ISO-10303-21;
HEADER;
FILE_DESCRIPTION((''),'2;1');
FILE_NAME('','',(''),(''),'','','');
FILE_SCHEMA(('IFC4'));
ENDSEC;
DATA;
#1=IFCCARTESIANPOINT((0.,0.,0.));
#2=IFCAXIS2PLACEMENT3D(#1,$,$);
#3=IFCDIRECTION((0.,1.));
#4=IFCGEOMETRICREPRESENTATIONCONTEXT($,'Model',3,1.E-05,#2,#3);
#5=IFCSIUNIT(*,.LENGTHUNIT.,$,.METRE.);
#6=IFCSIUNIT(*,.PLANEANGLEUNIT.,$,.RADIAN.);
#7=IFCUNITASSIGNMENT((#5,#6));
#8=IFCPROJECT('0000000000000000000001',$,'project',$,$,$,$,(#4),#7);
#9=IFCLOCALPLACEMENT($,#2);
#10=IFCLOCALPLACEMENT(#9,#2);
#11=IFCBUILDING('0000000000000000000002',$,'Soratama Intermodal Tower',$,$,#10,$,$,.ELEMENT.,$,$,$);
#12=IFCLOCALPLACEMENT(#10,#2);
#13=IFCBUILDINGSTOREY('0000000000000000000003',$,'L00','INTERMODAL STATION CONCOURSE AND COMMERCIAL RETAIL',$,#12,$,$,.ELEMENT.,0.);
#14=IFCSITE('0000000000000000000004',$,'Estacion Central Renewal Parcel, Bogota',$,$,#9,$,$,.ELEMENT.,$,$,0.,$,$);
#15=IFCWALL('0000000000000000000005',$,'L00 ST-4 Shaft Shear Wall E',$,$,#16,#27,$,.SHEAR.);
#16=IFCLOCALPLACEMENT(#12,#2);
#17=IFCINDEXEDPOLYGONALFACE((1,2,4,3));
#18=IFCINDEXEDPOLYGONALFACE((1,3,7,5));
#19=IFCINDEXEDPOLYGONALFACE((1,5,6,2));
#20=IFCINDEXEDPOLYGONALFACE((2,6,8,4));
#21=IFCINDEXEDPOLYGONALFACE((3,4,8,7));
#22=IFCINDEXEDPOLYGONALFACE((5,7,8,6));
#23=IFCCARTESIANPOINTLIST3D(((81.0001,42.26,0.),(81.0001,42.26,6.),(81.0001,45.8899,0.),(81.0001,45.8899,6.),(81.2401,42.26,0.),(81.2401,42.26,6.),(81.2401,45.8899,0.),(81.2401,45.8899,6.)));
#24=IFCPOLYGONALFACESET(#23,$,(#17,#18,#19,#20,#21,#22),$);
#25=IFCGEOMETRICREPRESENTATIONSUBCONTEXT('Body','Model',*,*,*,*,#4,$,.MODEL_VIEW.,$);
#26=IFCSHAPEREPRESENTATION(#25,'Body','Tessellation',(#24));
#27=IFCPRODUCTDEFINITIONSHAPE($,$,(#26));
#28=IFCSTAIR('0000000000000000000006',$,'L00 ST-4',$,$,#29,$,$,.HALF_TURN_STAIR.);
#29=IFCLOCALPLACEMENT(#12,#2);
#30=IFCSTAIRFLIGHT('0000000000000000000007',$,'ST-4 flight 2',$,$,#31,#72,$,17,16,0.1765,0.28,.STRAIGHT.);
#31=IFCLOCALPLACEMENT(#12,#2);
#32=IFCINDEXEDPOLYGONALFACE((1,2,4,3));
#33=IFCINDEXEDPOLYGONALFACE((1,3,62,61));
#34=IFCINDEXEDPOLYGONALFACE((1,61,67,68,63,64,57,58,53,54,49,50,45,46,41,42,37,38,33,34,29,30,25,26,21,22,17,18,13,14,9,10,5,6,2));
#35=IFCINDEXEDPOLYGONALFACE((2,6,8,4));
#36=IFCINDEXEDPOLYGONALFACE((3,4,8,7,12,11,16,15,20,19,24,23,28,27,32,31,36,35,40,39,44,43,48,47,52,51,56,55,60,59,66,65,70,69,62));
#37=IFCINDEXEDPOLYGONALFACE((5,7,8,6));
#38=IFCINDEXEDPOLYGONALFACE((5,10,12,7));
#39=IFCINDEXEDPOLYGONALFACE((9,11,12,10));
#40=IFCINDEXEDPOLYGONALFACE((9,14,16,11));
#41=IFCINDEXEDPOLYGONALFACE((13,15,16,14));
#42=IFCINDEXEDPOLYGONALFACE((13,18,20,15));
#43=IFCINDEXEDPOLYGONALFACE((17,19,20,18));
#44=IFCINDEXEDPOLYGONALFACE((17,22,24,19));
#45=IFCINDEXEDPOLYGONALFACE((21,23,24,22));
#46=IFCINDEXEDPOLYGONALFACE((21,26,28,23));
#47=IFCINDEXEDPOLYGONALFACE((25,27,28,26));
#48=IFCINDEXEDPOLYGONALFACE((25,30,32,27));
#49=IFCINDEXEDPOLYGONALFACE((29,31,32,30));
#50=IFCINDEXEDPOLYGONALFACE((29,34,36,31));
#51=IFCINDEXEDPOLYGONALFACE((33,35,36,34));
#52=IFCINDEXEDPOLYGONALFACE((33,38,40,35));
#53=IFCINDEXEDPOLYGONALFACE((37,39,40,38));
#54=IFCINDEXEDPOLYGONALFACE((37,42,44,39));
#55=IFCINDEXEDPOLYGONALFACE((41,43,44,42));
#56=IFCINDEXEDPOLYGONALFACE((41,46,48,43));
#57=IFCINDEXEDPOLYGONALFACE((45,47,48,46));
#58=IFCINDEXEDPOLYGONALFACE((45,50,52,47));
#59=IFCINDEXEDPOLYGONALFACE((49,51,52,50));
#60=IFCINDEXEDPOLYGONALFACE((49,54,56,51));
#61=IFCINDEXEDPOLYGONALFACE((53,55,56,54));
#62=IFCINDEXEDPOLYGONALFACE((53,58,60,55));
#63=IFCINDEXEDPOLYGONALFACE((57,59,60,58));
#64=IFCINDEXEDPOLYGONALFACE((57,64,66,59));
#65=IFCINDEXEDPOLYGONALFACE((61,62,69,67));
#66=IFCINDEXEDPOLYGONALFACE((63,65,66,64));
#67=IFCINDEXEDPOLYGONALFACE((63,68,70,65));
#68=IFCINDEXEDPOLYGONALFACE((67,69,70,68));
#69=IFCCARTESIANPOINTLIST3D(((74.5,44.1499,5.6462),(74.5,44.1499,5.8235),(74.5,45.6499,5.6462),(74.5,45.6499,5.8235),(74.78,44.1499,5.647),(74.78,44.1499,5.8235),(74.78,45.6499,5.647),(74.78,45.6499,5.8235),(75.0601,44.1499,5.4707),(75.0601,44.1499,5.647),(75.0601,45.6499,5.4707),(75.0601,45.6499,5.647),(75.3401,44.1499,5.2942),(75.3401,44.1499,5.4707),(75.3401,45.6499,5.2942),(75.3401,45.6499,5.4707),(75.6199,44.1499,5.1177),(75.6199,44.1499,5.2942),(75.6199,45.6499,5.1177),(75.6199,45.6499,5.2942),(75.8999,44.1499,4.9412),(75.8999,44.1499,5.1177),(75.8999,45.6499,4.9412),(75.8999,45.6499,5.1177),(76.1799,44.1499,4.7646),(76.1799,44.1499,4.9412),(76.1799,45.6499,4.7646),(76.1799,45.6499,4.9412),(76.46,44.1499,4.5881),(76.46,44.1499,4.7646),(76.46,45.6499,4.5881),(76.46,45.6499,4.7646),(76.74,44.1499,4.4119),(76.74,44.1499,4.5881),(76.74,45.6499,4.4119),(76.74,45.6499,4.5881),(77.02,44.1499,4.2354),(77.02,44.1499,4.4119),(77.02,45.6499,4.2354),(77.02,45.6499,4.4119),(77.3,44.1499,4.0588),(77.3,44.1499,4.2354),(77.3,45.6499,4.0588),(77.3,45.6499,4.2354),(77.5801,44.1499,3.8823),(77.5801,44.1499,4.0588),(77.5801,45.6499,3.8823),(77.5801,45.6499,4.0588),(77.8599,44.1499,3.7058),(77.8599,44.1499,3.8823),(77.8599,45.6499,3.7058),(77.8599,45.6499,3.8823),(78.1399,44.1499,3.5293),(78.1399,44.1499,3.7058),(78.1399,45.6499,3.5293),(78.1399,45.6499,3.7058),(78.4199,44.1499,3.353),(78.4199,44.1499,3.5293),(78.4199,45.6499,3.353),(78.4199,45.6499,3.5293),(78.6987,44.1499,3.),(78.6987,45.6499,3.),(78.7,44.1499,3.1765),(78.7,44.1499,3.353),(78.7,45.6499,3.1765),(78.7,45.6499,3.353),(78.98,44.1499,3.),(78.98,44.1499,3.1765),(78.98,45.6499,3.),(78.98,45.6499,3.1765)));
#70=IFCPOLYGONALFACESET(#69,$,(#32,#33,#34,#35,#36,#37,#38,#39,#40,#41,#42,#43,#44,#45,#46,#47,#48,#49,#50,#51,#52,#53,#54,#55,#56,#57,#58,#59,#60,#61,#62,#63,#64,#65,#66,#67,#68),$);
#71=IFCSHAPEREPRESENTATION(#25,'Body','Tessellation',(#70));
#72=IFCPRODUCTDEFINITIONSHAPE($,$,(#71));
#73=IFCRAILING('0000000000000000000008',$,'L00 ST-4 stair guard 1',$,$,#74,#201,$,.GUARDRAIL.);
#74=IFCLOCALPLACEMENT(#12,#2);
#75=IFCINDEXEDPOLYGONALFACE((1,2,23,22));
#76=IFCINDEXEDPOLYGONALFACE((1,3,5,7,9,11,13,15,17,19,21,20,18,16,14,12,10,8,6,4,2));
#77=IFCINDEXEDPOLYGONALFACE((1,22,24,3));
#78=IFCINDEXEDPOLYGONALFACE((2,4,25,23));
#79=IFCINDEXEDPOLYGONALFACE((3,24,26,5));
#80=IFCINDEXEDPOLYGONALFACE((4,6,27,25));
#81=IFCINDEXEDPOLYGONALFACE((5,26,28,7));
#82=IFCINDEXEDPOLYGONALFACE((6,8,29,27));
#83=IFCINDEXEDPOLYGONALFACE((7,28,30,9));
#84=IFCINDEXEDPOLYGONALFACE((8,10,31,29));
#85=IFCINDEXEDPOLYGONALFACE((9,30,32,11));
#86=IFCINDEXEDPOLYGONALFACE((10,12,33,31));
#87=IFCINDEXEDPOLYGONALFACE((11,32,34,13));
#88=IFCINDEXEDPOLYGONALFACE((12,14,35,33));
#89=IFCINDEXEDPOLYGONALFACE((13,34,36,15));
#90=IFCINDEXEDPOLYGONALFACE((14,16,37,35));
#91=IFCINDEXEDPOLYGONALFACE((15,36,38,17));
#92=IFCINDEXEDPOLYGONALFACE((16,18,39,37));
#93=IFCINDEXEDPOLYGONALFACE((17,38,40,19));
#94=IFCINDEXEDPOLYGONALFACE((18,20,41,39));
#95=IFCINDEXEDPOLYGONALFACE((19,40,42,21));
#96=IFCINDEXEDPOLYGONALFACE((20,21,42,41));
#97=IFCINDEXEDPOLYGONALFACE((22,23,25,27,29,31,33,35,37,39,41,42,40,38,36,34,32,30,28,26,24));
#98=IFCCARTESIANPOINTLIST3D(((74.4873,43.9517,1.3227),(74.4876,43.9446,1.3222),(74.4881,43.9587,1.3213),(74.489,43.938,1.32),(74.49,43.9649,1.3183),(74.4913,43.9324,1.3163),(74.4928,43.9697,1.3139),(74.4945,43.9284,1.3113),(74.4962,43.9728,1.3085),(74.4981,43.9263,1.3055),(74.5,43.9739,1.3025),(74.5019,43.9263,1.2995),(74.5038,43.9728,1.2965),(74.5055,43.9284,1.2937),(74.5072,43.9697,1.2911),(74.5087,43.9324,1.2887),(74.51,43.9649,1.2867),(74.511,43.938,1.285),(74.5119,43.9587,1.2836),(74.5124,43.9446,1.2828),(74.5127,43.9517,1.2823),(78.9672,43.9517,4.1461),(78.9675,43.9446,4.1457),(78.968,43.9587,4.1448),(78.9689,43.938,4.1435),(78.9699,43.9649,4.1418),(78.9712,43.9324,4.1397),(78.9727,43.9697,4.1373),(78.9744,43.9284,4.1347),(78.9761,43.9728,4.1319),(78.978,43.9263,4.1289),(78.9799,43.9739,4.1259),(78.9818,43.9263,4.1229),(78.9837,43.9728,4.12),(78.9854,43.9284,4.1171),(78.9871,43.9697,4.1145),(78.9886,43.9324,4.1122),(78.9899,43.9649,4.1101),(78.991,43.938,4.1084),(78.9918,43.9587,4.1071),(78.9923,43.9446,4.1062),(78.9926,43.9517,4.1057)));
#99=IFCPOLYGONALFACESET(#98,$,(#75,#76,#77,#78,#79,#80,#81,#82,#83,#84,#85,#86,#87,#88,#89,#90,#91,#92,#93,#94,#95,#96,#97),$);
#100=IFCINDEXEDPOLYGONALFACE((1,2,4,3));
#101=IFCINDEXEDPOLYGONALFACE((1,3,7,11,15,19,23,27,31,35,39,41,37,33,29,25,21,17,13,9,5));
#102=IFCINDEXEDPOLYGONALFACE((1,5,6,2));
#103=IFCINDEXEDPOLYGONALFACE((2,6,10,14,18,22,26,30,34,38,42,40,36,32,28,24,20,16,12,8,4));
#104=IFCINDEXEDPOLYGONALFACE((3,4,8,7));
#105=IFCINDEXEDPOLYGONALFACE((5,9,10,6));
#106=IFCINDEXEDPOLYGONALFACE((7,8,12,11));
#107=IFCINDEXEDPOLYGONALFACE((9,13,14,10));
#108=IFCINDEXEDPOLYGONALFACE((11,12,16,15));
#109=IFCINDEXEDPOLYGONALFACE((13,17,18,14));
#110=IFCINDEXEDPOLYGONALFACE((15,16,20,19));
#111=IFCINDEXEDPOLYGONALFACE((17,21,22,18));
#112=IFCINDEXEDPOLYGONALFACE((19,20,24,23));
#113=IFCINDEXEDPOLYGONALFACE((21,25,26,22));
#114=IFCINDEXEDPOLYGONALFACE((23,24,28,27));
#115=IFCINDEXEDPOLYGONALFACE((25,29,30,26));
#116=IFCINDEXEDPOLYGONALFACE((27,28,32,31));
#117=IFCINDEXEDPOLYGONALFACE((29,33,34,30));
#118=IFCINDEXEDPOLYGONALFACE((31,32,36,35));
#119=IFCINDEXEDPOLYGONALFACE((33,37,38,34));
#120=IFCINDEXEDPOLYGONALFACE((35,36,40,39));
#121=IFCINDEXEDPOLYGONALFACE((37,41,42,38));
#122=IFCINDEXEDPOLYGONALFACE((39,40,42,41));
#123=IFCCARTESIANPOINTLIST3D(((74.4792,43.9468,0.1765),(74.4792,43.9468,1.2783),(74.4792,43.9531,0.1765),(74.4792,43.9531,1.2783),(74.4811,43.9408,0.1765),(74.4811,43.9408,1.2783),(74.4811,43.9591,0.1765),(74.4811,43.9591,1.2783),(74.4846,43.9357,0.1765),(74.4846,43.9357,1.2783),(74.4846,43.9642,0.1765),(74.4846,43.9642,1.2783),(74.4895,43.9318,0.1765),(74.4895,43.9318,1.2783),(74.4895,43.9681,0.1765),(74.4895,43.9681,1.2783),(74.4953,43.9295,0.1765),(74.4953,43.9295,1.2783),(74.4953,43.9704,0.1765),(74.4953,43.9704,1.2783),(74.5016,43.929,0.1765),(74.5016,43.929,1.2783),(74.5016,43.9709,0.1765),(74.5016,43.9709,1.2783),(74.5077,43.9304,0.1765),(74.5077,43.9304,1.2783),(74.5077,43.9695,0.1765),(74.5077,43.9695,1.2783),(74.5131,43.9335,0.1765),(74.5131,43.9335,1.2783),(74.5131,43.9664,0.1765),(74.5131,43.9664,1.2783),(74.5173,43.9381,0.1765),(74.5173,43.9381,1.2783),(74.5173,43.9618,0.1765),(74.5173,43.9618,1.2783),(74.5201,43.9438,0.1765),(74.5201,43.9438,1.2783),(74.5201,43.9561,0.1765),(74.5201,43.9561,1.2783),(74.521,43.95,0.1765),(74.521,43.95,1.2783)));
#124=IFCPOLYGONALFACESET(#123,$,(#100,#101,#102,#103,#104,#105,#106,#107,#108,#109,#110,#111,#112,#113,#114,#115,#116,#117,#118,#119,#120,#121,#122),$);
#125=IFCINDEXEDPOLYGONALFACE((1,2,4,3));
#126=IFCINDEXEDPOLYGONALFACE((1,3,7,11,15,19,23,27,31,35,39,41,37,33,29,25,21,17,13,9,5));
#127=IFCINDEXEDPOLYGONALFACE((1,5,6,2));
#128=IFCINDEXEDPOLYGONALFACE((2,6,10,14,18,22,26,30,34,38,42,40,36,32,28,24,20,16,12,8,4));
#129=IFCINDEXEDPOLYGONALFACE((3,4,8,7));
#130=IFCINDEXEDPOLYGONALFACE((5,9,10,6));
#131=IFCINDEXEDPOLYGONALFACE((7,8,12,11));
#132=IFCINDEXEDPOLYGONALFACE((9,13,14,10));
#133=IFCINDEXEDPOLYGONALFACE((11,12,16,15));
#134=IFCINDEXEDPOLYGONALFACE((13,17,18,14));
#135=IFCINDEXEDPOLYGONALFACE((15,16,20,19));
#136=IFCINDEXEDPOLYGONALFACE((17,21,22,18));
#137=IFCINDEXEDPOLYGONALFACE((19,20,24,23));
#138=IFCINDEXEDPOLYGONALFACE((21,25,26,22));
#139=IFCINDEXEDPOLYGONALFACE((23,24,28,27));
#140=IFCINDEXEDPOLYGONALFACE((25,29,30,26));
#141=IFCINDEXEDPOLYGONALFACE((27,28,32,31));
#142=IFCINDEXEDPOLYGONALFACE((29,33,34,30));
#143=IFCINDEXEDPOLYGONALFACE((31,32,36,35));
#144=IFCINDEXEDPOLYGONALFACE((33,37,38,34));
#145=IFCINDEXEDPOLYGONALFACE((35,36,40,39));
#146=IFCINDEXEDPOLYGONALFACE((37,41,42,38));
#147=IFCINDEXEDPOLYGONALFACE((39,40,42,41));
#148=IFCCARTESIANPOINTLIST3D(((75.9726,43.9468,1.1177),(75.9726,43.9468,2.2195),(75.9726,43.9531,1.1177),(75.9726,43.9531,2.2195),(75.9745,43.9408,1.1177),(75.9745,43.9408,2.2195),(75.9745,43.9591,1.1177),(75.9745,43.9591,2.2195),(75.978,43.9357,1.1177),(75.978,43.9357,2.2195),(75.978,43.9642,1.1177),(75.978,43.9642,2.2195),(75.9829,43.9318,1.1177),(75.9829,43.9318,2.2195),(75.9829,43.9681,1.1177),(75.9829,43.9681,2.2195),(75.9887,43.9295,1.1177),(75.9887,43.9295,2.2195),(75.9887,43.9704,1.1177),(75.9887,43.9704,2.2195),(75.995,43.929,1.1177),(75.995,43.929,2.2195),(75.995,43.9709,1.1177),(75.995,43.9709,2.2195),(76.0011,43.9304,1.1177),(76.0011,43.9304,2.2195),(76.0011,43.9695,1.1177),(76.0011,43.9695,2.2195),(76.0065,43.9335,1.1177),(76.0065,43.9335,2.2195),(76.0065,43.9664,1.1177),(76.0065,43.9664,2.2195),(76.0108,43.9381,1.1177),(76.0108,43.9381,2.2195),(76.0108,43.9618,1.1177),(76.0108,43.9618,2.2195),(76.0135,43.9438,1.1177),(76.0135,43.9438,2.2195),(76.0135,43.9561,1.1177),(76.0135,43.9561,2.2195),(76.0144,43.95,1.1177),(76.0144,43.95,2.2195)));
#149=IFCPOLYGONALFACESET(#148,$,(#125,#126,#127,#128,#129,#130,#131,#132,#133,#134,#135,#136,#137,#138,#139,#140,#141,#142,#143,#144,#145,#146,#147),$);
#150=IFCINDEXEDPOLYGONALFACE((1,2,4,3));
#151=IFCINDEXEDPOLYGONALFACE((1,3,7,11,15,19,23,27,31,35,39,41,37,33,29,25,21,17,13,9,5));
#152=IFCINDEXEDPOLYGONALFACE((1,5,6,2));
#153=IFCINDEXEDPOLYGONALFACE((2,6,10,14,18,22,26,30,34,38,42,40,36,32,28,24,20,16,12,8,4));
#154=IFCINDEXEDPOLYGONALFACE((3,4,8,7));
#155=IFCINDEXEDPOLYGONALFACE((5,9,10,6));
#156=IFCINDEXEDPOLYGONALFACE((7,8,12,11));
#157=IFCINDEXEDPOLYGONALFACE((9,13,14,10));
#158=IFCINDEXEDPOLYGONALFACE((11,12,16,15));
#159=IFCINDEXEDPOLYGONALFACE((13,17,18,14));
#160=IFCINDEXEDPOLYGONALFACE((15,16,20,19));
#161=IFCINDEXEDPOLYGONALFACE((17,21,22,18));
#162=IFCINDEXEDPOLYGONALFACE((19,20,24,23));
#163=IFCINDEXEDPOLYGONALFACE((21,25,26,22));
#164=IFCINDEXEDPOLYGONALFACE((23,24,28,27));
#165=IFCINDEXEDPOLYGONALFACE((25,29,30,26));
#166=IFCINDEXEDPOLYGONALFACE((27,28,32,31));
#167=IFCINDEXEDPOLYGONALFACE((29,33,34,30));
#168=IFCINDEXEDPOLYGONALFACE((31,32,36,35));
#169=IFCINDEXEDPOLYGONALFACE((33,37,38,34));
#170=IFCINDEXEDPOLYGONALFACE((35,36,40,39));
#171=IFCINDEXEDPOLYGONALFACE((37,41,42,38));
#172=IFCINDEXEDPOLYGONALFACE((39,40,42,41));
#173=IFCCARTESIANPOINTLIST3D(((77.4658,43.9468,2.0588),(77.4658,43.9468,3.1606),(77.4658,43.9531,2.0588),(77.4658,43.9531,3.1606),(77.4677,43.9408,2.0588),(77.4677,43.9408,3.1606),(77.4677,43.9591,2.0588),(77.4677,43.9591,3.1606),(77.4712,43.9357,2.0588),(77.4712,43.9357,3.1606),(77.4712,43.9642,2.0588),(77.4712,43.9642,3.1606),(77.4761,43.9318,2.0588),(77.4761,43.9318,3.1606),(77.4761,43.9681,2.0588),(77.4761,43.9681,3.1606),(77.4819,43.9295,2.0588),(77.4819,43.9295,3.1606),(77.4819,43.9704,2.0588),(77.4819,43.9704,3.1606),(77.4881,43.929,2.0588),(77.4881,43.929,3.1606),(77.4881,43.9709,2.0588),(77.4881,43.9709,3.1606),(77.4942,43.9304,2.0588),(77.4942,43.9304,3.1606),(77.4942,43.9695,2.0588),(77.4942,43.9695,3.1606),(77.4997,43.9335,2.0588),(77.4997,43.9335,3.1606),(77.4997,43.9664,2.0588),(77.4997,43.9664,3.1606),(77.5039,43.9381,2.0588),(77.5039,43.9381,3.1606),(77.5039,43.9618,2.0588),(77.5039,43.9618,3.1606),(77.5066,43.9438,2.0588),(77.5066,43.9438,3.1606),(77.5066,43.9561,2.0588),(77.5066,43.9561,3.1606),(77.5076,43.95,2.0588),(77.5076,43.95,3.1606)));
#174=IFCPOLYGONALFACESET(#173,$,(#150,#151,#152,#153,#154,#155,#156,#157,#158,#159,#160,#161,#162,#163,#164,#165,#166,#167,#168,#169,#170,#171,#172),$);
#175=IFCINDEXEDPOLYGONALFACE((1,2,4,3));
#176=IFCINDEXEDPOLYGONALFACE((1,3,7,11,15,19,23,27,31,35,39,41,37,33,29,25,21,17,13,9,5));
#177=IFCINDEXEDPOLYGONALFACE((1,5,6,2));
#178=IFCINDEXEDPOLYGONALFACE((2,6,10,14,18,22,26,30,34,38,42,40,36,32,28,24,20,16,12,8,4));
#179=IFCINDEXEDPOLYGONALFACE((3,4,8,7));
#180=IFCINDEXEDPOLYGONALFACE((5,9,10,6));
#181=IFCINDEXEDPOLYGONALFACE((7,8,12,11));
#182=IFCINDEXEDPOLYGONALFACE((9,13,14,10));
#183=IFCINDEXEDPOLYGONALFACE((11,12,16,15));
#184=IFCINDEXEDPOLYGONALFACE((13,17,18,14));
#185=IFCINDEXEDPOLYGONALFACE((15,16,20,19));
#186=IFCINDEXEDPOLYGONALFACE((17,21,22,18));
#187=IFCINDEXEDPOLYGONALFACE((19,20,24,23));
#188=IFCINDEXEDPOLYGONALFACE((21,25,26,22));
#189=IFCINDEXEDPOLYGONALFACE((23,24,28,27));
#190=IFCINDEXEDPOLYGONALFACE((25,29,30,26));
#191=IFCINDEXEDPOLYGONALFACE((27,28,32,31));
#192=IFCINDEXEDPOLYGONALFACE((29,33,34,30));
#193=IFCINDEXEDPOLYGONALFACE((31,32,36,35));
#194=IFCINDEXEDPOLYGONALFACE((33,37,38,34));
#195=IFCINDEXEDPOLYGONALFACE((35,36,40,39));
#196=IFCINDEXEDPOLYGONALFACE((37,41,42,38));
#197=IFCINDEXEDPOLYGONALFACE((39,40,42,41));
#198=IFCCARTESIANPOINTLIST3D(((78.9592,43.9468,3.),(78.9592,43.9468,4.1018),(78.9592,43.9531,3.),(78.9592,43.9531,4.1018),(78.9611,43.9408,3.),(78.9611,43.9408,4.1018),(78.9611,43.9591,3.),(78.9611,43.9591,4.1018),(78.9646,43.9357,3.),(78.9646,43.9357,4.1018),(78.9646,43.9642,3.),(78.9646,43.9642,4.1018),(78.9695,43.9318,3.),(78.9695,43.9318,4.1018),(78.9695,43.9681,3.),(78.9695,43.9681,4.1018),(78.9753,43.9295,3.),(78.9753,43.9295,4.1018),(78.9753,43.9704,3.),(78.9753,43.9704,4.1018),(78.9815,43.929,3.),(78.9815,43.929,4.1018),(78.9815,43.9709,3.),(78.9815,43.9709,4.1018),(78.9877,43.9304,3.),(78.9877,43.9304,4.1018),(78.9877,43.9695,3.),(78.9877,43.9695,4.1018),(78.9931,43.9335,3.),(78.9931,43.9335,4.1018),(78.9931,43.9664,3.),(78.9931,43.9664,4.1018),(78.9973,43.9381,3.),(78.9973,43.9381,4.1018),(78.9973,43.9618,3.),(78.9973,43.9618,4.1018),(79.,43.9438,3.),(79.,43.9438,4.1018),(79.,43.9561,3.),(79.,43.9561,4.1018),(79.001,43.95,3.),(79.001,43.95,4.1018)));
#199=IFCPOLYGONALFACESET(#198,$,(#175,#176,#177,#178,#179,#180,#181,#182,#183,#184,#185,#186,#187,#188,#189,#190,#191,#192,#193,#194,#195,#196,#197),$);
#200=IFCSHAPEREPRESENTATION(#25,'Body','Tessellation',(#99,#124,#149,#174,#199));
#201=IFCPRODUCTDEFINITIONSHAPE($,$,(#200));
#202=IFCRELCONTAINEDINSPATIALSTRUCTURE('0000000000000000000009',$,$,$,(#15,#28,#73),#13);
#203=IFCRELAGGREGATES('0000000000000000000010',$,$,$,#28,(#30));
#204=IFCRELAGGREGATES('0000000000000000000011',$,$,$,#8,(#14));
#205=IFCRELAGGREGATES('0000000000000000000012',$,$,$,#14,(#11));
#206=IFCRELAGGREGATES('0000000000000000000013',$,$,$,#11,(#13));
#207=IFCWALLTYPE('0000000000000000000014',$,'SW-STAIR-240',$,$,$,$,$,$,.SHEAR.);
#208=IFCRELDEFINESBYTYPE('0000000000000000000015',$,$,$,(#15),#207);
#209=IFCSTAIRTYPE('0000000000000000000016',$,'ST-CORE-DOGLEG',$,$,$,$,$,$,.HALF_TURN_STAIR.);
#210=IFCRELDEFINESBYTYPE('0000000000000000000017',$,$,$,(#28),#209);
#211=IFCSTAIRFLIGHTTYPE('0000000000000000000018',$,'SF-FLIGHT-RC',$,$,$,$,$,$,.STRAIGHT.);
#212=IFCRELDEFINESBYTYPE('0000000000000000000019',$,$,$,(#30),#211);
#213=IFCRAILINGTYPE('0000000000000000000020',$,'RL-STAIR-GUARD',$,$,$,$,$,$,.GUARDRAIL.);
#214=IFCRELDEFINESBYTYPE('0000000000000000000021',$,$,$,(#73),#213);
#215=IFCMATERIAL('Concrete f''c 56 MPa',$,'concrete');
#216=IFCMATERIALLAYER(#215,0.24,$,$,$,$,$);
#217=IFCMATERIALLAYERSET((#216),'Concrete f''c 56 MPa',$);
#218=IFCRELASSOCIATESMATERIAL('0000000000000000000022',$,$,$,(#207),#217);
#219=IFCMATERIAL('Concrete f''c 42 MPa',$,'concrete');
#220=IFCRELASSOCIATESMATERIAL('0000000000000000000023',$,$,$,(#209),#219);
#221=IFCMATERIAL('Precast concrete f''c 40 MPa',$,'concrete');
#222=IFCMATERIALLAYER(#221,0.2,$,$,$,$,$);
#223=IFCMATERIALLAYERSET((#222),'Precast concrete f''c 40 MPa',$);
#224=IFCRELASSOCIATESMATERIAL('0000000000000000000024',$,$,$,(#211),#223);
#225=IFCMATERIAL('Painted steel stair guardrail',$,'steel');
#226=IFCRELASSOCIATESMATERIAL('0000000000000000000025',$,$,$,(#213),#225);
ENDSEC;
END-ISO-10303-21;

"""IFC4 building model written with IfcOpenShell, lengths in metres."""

from ifc_helpers import new_model, si_unit, direction, frame, frame_2d, origin, origin_2d, place, context, subcontext, project, spatial, polyline, rectangle, circle, outline, extrude, material, layer, layer_set, type_object, element, aggregate, save


model = new_model("IFC4")

# Units and contexts
model_context = context("Model", 3, precision=1e-05, world=origin(), true_north=direction((0.0, 1.0)))
body_context = subcontext(model_context, "Body", "Model", "MODEL_VIEW")
ifc_project = project(units=[si_unit("LENGTHUNIT", "METRE"), si_unit("PLANEANGLEUNIT", "RADIAN")], contexts=[model_context])

# Site, building, storey
site_placement = place(None, origin())
site = spatial("IfcSite", under=ifc_project, at=site_placement, Name="Estacion Central Renewal Parcel, Bogota", CompositionType="ELEMENT", RefElevation=0.0)
building_placement = place(site_placement, origin())
building = spatial("IfcBuilding", under=site, at=building_placement, Name="Soratama Intermodal Tower", CompositionType="ELEMENT")
storey_placement = place(building_placement, origin())
storey = spatial("IfcBuildingStorey", under=building, at=storey_placement, Name="L00", Description="INTERMODAL STATION CONCOURSE AND COMMERCIAL RETAIL", CompositionType="ELEMENT", Elevation=0.0)

# Wall
ifc_material_1 = material(Name="Concrete f'c 56 MPa", Category="concrete")
ifc_layer_1 = layer(ifc_material_1, 0.24)
ifc_layer_set_1 = layer_set([ifc_layer_1], Name="Concrete f'c 56 MPa")
wall_type_1 = type_object("IfcWallType", Name="SW-STAIR-240", PredefinedType="SHEAR", material=ifc_layer_set_1)
wall_1_placement = place(storey_placement, frame((81.1201, 42.26, 0.0), z_axis=(0.0, 0.0, 1.0), x_axis=(0.0, 1.0, 0.0)))
element("IfcWall", 1, at=wall_1_placement, inside=storey, type_object=wall_type_1, Name="L00 ST-4 Shaft Shear Wall E", PredefinedType="SHEAR", context=body_context, shape_type="SweptSolid", body=[
    extrude(rectangle(XDim=3.6299, YDim=0.24, at=frame_2d((1.8149, 0.0))), origin(), (0.0, 0.0, 1.0), 6.0),
])

# Stair, stair flight
ifc_material_2 = material(Name="Concrete f'c 42 MPa", Category="concrete")
stair_type = type_object("IfcStairType", Name="ST-CORE-DOGLEG", PredefinedType="HALF_TURN_STAIR", material=ifc_material_2)
stair_placement = place(storey_placement, origin())
stair = element("IfcStair", 2, at=stair_placement, inside=storey, type_object=stair_type, Name="L00 ST-4", PredefinedType="HALF_TURN_STAIR")
ifc_material_3 = material(Name="Precast concrete f'c 40 MPa", Category="concrete")
ifc_layer_2 = layer(ifc_material_3, 0.2)
ifc_layer_set_2 = layer_set([ifc_layer_2], Name="Precast concrete f'c 40 MPa")
stair_flight_type = type_object("IfcStairFlightType", Name="SF-FLIGHT-RC", PredefinedType="STRAIGHT", material=ifc_layer_set_2)
stair_flight_placement = place(storey_placement, frame((78.98, 44.8999, 3.0), z_axis=(0.0, 0.0, 1.0), x_axis=(-1.0, 0.0, 0.0)))
stair_flight = element("IfcStairFlight", 3, at=stair_flight_placement, type_object=stair_flight_type, Name="ST-4 flight 2", NumberOfRisers=17, NumberOfTreads=16, PredefinedType="STRAIGHT", RiserHeight=0.1765, TreadLength=0.28, context=body_context, shape_type="SweptSolid", body=[
    extrude(outline(polyline([(0.0, 0.0), (0.0, 0.1765), (0.28, 0.1765), (0.28, 0.353), (0.5601, 0.353), (0.5601, 0.5293), (0.8401, 0.5293), (0.8401, 0.7058), (1.1201, 0.7058), (1.1201, 0.8823), (1.3999, 0.8823), (1.3999, 1.0588), (1.6799, 1.0588), (1.6799, 1.2354), (1.96, 1.2354), (1.96, 1.4119), (2.24, 1.4119), (2.24, 1.5881), (2.52, 1.5881), (2.52, 1.7646), (2.8, 1.7646), (2.8, 1.9412), (3.0801, 1.9412), (3.0801, 2.1177), (3.3601, 2.1177), (3.3601, 2.2942), (3.6399, 2.2942), (3.6399, 2.4707), (3.9199, 2.4707), (3.9199, 2.647), (4.2, 2.647), (4.2, 2.8235), (4.48, 2.8235), (4.48, 3.0), (4.48, 2.6462), (0.2812, 0.0), (0.0, 0.0)])), frame((0.0, 0.75, 0.0), z_axis=(0.0, -1.0, 0.0), x_axis=(1.0, 0.0, 0.0)), (0.0, 0.0, 1.0), 1.5),
])
aggregate(stair, [stair_flight])

# Railing
ifc_material_4 = material(Name="Painted steel stair guardrail", Category="steel")
railing_type_1 = type_object("IfcRailingType", Name="RL-STAIR-GUARD", PredefinedType="GUARDRAIL", material=ifc_material_4)
railing_1_placement = place(storey_placement, frame((74.5, 43.95, 0.1765)))
element("IfcRailing", 4, at=railing_1_placement, inside=storey, type_object=railing_type_1, Name="L00 ST-4 stair guard 1", PredefinedType="GUARDRAIL", context=body_context, shape_type="SweptSolid", body=[
    extrude(circle(Radius=0.0239, at=origin_2d()), frame((0.0, 0.0, 1.126), z_axis=(0.845998, 0.0, 0.533186), x_axis=(0.0, 1.0, 0.0)), (0.0, 0.0, 1.0), 5.2954),
    extrude(circle(Radius=0.021, at=origin_2d()), origin(), (0.0, 0.0, 1.0), 1.1018),
    extrude(circle(Radius=0.021, at=origin_2d()), frame((1.4934, 0.0, 0.9412)), (0.0, 0.0, 1.0), 1.1018),
    extrude(circle(Radius=0.021, at=origin_2d()), frame((2.9866, 0.0, 1.8823)), (0.0, 0.0, 1.0), 1.1018),
    extrude(circle(Radius=0.021, at=origin_2d()), frame((4.48, 0.0, 2.8235)), (0.0, 0.0, 1.0), 1.1018),
])

save(model, "model.ifc")
